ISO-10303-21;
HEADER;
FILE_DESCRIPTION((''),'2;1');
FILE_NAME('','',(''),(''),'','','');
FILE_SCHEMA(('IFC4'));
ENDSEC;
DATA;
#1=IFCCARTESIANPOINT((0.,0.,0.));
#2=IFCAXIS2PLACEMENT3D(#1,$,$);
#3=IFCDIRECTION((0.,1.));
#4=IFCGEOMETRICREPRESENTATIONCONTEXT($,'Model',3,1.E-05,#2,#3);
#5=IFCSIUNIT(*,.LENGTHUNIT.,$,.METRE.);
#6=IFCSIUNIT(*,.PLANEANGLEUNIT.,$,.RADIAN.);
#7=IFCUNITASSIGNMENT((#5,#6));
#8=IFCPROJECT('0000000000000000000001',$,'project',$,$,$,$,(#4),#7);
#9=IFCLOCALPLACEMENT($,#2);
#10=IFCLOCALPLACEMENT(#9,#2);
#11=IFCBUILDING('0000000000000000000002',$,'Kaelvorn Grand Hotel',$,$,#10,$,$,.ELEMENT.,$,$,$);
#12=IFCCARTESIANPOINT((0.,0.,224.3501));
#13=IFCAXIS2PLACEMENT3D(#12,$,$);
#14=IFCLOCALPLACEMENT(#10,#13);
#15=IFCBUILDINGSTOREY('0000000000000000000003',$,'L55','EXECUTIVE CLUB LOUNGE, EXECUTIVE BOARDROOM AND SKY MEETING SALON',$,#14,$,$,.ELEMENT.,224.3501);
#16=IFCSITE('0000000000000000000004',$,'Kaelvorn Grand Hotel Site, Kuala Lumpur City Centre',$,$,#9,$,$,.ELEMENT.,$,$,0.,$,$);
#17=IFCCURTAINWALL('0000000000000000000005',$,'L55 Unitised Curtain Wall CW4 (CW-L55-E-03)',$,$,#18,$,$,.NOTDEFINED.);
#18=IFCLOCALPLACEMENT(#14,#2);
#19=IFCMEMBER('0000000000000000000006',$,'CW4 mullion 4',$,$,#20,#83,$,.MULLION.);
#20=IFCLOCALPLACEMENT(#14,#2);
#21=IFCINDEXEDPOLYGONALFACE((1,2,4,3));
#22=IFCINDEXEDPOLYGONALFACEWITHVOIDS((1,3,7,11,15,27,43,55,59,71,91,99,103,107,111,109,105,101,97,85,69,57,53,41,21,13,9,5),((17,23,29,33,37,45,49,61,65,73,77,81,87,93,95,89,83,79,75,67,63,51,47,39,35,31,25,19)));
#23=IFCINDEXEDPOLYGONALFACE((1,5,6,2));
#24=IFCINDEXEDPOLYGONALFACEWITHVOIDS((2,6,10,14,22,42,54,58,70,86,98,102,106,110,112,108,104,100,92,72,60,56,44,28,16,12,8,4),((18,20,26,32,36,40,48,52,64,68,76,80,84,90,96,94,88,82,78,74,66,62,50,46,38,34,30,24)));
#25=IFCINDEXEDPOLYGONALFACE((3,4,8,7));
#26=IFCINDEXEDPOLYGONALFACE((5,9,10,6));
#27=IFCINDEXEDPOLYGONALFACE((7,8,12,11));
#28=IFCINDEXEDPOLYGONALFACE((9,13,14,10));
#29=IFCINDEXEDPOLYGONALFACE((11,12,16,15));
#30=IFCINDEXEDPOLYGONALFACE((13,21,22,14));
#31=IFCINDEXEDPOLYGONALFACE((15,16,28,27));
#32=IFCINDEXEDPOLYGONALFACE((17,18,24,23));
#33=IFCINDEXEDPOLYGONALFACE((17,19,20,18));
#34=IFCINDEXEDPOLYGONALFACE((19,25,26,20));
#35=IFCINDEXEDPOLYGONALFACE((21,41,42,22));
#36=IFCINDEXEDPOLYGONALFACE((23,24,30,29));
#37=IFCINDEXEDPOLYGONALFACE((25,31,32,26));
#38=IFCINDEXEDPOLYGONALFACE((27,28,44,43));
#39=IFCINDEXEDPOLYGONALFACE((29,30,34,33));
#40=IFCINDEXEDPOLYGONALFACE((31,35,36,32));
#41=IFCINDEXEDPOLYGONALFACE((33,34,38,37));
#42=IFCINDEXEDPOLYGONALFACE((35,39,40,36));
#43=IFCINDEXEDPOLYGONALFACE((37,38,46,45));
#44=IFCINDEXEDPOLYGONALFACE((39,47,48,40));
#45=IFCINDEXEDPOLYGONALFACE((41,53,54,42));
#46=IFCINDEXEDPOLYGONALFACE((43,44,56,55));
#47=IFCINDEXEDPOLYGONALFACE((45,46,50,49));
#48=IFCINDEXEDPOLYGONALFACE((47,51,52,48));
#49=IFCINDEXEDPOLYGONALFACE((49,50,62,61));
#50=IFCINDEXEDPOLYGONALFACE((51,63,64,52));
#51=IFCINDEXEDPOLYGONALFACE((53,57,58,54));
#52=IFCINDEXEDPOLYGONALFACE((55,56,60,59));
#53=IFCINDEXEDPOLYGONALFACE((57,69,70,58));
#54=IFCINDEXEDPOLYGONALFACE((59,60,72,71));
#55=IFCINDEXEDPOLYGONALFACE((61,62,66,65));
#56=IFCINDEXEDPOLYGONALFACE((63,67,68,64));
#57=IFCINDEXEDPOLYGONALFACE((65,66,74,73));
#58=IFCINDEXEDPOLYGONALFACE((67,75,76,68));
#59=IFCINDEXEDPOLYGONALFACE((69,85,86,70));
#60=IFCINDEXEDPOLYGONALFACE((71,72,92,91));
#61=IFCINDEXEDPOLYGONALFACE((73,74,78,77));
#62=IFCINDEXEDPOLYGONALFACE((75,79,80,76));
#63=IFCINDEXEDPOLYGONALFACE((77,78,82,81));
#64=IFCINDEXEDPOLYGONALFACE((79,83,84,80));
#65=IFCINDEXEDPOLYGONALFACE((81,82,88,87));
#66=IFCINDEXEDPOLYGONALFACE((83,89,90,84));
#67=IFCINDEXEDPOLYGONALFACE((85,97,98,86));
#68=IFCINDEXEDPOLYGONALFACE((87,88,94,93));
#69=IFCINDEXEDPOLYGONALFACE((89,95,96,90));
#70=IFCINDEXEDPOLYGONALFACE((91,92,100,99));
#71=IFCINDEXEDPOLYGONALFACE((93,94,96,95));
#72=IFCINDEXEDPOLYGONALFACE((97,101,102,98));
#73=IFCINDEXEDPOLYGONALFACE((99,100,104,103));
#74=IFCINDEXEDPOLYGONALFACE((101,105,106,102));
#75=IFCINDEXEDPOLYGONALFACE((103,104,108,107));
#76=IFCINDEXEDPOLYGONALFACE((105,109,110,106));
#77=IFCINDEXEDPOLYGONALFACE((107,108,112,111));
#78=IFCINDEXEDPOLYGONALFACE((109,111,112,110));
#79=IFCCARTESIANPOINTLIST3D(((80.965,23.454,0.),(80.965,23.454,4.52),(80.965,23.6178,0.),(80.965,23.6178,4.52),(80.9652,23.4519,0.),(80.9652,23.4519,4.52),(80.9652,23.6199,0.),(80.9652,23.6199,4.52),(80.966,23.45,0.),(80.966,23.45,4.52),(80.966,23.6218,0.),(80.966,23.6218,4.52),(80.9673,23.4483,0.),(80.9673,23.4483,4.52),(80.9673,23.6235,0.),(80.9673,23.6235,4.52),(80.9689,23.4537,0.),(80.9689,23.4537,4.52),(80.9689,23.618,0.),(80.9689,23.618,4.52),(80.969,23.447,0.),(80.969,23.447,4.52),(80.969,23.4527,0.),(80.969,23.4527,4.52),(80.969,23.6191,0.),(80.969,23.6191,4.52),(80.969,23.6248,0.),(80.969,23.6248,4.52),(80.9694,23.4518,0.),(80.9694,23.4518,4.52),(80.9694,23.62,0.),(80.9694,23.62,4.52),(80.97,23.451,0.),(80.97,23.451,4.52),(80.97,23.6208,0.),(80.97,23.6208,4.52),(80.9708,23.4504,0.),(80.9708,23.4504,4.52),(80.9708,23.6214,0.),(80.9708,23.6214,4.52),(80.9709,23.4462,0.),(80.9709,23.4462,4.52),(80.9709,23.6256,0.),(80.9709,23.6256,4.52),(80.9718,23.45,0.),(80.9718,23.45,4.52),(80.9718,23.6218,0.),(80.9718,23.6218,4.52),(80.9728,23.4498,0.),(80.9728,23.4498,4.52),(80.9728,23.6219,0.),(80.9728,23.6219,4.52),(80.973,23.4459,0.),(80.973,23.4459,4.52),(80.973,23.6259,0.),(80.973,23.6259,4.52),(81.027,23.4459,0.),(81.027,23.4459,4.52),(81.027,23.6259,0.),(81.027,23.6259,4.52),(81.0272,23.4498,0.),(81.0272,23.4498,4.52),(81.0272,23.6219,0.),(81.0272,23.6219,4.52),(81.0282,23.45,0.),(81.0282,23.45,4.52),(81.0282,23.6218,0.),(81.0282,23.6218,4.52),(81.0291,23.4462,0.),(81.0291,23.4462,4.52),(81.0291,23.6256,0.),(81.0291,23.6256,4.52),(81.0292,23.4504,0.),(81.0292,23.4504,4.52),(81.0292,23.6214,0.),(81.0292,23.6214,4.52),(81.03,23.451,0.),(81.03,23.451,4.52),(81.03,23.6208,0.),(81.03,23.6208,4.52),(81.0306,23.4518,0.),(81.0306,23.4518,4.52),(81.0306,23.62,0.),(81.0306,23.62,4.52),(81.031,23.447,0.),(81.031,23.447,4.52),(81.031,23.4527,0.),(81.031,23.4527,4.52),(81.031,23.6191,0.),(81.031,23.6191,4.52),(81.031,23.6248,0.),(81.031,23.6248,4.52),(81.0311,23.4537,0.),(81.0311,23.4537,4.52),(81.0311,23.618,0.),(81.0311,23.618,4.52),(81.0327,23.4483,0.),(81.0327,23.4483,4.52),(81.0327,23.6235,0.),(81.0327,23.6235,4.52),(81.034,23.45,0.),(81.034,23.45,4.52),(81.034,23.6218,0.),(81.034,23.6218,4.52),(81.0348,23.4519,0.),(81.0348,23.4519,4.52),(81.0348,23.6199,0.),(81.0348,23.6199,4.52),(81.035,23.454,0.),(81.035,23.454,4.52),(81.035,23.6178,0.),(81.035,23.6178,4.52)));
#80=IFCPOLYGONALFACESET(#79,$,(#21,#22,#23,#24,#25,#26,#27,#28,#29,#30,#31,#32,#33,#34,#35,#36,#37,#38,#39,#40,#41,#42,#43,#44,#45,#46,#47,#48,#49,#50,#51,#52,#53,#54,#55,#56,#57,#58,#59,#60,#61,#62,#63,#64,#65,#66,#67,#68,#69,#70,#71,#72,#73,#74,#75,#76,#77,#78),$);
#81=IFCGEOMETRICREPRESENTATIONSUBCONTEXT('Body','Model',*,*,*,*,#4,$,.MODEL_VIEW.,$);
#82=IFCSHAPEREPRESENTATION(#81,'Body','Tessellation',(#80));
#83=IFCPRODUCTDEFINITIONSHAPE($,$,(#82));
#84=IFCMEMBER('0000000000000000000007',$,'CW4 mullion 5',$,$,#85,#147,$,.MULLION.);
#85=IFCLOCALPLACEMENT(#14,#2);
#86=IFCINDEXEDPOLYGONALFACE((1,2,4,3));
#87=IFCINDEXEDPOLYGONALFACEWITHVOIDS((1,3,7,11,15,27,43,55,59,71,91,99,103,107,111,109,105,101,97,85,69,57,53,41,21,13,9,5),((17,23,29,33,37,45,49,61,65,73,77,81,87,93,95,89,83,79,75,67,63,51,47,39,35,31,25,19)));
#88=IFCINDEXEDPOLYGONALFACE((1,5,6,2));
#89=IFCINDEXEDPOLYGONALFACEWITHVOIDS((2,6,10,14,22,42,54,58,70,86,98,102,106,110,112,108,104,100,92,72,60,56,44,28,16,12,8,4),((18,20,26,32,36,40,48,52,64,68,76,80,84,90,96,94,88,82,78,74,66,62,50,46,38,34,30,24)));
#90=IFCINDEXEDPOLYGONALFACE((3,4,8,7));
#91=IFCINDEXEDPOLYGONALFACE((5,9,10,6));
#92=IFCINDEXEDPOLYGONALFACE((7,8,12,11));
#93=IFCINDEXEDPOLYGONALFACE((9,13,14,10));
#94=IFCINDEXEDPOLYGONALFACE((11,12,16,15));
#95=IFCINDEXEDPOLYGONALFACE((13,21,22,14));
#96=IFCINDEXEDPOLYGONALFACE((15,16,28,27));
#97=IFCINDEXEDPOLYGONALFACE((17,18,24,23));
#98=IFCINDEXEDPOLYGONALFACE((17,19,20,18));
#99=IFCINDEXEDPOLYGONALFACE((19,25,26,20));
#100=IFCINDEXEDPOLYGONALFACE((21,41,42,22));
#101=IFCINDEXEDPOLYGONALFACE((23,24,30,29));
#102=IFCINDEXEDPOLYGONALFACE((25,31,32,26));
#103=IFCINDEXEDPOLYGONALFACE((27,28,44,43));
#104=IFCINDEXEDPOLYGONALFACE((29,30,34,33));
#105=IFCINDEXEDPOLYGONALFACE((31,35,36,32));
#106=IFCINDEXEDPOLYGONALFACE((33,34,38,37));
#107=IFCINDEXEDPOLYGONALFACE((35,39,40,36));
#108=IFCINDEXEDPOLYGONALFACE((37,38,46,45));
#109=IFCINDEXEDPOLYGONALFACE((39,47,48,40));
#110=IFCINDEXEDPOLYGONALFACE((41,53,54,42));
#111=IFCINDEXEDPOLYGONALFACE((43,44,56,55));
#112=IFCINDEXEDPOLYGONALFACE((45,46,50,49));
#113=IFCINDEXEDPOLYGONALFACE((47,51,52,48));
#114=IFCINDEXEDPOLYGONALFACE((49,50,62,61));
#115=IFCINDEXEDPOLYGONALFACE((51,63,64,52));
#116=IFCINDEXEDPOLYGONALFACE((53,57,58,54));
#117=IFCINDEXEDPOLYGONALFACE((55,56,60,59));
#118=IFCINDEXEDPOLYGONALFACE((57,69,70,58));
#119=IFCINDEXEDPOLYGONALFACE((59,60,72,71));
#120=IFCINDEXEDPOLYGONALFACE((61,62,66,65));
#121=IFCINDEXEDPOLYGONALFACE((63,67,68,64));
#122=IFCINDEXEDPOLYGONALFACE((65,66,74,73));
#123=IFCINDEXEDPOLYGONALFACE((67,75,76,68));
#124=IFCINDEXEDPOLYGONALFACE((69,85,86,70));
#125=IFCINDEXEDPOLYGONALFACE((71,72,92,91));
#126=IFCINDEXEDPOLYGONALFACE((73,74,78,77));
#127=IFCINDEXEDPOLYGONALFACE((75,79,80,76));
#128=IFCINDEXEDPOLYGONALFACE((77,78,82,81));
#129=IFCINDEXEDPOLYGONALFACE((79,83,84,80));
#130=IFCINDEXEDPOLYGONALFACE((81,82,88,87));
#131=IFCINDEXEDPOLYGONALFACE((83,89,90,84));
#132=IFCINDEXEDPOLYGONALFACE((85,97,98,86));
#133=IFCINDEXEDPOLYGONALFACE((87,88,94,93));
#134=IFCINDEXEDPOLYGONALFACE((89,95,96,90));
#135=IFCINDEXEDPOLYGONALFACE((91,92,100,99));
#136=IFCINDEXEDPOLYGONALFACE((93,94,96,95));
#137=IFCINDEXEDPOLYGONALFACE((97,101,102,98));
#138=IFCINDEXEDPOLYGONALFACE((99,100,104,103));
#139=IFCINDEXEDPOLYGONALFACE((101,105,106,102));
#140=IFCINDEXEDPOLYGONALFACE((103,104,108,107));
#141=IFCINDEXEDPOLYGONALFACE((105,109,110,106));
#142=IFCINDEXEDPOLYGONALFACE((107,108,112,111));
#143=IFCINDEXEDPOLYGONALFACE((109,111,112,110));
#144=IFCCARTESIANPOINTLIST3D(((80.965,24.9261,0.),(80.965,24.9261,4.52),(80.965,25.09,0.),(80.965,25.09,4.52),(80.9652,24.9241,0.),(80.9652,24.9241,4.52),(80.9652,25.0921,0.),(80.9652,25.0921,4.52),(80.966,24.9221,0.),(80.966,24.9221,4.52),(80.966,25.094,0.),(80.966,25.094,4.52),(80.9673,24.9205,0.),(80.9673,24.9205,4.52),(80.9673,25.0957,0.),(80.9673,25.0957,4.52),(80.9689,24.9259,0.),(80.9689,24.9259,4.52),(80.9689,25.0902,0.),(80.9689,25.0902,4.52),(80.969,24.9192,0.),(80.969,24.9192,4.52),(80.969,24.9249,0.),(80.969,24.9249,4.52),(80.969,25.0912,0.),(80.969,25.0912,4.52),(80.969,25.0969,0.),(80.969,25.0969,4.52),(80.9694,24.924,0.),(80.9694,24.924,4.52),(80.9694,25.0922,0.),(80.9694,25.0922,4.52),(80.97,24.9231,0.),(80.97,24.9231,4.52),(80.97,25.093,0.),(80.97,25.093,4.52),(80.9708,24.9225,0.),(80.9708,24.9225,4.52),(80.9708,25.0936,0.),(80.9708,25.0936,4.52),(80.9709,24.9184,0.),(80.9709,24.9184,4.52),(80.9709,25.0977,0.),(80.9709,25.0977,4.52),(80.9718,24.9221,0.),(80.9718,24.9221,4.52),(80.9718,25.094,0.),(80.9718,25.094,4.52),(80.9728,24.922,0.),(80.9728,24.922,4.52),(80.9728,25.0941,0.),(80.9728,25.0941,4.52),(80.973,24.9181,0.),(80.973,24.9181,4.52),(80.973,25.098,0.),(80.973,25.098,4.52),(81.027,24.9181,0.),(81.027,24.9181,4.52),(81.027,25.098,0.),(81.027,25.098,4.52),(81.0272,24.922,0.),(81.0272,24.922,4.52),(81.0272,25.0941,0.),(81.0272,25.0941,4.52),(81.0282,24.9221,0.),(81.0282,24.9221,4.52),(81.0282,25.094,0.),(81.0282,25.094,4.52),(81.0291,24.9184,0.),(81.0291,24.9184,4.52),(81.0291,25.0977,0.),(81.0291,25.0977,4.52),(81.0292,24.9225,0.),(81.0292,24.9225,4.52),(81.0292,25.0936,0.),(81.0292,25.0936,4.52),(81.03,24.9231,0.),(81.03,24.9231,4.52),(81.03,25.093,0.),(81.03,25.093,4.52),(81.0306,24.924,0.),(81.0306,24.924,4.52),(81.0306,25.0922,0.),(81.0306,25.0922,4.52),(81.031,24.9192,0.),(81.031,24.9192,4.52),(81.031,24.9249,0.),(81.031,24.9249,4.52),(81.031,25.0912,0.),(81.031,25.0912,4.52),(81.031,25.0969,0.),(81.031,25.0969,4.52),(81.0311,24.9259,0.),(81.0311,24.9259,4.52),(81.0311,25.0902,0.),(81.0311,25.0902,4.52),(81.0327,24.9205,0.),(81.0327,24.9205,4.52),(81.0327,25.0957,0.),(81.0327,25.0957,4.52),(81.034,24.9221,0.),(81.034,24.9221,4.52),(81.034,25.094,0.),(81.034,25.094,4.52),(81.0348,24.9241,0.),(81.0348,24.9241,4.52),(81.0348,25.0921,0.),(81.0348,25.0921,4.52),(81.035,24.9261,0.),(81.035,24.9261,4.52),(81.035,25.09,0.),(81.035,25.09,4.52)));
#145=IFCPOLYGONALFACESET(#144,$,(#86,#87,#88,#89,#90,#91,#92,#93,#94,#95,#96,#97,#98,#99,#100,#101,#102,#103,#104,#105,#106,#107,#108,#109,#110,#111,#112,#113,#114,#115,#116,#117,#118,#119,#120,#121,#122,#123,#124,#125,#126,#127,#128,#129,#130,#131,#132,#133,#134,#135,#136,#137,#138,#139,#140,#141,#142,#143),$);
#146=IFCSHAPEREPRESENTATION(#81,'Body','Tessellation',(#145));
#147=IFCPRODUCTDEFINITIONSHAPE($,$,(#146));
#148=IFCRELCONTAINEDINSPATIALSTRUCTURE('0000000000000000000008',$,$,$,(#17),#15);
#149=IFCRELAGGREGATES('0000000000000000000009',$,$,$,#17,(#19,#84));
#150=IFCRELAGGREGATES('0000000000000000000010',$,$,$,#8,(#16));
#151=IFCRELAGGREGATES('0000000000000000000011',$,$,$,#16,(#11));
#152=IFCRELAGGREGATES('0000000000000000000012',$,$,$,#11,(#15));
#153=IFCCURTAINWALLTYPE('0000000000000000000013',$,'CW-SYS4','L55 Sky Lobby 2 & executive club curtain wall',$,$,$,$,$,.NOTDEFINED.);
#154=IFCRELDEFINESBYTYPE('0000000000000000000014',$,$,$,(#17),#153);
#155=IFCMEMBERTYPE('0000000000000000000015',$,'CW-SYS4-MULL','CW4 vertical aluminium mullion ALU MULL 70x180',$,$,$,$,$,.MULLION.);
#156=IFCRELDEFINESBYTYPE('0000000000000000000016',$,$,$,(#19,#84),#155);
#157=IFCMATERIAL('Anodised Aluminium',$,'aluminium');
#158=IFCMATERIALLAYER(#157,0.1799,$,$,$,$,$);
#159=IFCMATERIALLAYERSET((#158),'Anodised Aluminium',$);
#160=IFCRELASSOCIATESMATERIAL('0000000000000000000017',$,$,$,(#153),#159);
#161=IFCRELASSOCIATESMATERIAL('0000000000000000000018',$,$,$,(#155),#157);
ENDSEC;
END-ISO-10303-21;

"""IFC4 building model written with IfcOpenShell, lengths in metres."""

from ifc_helpers import new_model, si_unit, direction, frame, origin, origin_2d, place, context, subcontext, project, spatial, hollow_rectangle, extrude, material, layer, layer_set, material_profile, profile_set, type_object, element, aggregate, save


model = new_model("IFC4")

# Units and contexts
model_context = context("Model", 3, precision=1e-05, world=origin(), true_north=direction((0.0, 1.0)))
body_context = subcontext(model_context, "Body", "Model", "MODEL_VIEW")
ifc_project = project(units=[si_unit("LENGTHUNIT", "METRE"), si_unit("PLANEANGLEUNIT", "RADIAN")], contexts=[model_context])

# Site, building, storey
site_placement = place(None, origin())
site = spatial("IfcSite", under=ifc_project, at=site_placement, Name="Kaelvorn Grand Hotel Site, Kuala Lumpur City Centre", CompositionType="ELEMENT", RefElevation=0.0)
building_placement = place(site_placement, origin())
building = spatial("IfcBuilding", under=site, at=building_placement, Name="Kaelvorn Grand Hotel", CompositionType="ELEMENT")
storey_placement = place(building_placement, frame((0.0, 0.0, 224.3501)))
storey = spatial("IfcBuildingStorey", under=building, at=storey_placement, Name="L55", Description="EXECUTIVE CLUB LOUNGE, EXECUTIVE BOARDROOM AND SKY MEETING SALON", CompositionType="ELEMENT", Elevation=224.3501)

# Curtain wall, members
ifc_material_1 = material(Name="Anodised Aluminium", Category="aluminium")
ifc_layer_1 = layer(ifc_material_1, 0.1799)
ifc_layer_set_1 = layer_set([ifc_layer_1], Name="Anodised Aluminium")
curtain_wall_type = type_object("IfcCurtainWallType", Name="CW-SYS4", Description="L55 Sky Lobby 2 & executive club curtain wall", PredefinedType="NOTDEFINED", material=ifc_layer_set_1)
curtain_wall_placement = place(storey_placement, origin())
curtain_wall = element("IfcCurtainWall", 1, at=curtain_wall_placement, inside=storey, type_object=curtain_wall_type, Name="L55 Unitised Curtain Wall CW4 (CW-L55-E-03)", PredefinedType="NOTDEFINED")
ifc_material_profile_1 = material_profile(ifc_material_1, hollow_rectangle(XDim=0.0701, YDim=0.1799, WallThickness=0.0039, InnerFilletRadius=0.0039, OuterFilletRadius=0.0081, at=origin_2d()), Name="ALU MULL 70x180")
ifc_profile_set_1 = profile_set([ifc_material_profile_1], Name="Anodised Aluminium")
member_type_1 = type_object("IfcMemberType", Name="CW-SYS4-MULL", Description="CW4 vertical aluminium mullion ALU MULL 70x180", PredefinedType="MULLION", material=ifc_profile_set_1)
member_1_placement = place(storey_placement, frame((81.0, 23.5359, 0.0), z_axis=(0.0, 0.0, 1.0), x_axis=(-1.0, 0.0, 0.0)))
member_1 = element("IfcMember", 2, at=member_1_placement, type_object=member_type_1, Name="CW4 mullion 4", PredefinedType="MULLION", context=body_context, shape_type="SweptSolid", body=[
    extrude(hollow_rectangle(XDim=0.0701, YDim=0.1799, WallThickness=0.0039, InnerFilletRadius=0.0039, OuterFilletRadius=0.0081, at=origin_2d()), origin(), (0.0, 0.0, 1.0), 4.52),
])
member_2_placement = place(storey_placement, frame((81.0, 25.0081, 0.0), z_axis=(0.0, 0.0, 1.0), x_axis=(-1.0, 0.0, 0.0)))
member_2 = element("IfcMember", 3, at=member_2_placement, type_object=member_type_1, Name="CW4 mullion 5", PredefinedType="MULLION", context=body_context, shape_type="SweptSolid", body=[
    extrude(hollow_rectangle(XDim=0.0701, YDim=0.1799, WallThickness=0.0039, InnerFilletRadius=0.0039, OuterFilletRadius=0.0081, at=origin_2d()), origin(), (0.0, 0.0, 1.0), 4.52),
])
aggregate(curtain_wall, [member_1, member_2])

save(model, "model.ifc")
